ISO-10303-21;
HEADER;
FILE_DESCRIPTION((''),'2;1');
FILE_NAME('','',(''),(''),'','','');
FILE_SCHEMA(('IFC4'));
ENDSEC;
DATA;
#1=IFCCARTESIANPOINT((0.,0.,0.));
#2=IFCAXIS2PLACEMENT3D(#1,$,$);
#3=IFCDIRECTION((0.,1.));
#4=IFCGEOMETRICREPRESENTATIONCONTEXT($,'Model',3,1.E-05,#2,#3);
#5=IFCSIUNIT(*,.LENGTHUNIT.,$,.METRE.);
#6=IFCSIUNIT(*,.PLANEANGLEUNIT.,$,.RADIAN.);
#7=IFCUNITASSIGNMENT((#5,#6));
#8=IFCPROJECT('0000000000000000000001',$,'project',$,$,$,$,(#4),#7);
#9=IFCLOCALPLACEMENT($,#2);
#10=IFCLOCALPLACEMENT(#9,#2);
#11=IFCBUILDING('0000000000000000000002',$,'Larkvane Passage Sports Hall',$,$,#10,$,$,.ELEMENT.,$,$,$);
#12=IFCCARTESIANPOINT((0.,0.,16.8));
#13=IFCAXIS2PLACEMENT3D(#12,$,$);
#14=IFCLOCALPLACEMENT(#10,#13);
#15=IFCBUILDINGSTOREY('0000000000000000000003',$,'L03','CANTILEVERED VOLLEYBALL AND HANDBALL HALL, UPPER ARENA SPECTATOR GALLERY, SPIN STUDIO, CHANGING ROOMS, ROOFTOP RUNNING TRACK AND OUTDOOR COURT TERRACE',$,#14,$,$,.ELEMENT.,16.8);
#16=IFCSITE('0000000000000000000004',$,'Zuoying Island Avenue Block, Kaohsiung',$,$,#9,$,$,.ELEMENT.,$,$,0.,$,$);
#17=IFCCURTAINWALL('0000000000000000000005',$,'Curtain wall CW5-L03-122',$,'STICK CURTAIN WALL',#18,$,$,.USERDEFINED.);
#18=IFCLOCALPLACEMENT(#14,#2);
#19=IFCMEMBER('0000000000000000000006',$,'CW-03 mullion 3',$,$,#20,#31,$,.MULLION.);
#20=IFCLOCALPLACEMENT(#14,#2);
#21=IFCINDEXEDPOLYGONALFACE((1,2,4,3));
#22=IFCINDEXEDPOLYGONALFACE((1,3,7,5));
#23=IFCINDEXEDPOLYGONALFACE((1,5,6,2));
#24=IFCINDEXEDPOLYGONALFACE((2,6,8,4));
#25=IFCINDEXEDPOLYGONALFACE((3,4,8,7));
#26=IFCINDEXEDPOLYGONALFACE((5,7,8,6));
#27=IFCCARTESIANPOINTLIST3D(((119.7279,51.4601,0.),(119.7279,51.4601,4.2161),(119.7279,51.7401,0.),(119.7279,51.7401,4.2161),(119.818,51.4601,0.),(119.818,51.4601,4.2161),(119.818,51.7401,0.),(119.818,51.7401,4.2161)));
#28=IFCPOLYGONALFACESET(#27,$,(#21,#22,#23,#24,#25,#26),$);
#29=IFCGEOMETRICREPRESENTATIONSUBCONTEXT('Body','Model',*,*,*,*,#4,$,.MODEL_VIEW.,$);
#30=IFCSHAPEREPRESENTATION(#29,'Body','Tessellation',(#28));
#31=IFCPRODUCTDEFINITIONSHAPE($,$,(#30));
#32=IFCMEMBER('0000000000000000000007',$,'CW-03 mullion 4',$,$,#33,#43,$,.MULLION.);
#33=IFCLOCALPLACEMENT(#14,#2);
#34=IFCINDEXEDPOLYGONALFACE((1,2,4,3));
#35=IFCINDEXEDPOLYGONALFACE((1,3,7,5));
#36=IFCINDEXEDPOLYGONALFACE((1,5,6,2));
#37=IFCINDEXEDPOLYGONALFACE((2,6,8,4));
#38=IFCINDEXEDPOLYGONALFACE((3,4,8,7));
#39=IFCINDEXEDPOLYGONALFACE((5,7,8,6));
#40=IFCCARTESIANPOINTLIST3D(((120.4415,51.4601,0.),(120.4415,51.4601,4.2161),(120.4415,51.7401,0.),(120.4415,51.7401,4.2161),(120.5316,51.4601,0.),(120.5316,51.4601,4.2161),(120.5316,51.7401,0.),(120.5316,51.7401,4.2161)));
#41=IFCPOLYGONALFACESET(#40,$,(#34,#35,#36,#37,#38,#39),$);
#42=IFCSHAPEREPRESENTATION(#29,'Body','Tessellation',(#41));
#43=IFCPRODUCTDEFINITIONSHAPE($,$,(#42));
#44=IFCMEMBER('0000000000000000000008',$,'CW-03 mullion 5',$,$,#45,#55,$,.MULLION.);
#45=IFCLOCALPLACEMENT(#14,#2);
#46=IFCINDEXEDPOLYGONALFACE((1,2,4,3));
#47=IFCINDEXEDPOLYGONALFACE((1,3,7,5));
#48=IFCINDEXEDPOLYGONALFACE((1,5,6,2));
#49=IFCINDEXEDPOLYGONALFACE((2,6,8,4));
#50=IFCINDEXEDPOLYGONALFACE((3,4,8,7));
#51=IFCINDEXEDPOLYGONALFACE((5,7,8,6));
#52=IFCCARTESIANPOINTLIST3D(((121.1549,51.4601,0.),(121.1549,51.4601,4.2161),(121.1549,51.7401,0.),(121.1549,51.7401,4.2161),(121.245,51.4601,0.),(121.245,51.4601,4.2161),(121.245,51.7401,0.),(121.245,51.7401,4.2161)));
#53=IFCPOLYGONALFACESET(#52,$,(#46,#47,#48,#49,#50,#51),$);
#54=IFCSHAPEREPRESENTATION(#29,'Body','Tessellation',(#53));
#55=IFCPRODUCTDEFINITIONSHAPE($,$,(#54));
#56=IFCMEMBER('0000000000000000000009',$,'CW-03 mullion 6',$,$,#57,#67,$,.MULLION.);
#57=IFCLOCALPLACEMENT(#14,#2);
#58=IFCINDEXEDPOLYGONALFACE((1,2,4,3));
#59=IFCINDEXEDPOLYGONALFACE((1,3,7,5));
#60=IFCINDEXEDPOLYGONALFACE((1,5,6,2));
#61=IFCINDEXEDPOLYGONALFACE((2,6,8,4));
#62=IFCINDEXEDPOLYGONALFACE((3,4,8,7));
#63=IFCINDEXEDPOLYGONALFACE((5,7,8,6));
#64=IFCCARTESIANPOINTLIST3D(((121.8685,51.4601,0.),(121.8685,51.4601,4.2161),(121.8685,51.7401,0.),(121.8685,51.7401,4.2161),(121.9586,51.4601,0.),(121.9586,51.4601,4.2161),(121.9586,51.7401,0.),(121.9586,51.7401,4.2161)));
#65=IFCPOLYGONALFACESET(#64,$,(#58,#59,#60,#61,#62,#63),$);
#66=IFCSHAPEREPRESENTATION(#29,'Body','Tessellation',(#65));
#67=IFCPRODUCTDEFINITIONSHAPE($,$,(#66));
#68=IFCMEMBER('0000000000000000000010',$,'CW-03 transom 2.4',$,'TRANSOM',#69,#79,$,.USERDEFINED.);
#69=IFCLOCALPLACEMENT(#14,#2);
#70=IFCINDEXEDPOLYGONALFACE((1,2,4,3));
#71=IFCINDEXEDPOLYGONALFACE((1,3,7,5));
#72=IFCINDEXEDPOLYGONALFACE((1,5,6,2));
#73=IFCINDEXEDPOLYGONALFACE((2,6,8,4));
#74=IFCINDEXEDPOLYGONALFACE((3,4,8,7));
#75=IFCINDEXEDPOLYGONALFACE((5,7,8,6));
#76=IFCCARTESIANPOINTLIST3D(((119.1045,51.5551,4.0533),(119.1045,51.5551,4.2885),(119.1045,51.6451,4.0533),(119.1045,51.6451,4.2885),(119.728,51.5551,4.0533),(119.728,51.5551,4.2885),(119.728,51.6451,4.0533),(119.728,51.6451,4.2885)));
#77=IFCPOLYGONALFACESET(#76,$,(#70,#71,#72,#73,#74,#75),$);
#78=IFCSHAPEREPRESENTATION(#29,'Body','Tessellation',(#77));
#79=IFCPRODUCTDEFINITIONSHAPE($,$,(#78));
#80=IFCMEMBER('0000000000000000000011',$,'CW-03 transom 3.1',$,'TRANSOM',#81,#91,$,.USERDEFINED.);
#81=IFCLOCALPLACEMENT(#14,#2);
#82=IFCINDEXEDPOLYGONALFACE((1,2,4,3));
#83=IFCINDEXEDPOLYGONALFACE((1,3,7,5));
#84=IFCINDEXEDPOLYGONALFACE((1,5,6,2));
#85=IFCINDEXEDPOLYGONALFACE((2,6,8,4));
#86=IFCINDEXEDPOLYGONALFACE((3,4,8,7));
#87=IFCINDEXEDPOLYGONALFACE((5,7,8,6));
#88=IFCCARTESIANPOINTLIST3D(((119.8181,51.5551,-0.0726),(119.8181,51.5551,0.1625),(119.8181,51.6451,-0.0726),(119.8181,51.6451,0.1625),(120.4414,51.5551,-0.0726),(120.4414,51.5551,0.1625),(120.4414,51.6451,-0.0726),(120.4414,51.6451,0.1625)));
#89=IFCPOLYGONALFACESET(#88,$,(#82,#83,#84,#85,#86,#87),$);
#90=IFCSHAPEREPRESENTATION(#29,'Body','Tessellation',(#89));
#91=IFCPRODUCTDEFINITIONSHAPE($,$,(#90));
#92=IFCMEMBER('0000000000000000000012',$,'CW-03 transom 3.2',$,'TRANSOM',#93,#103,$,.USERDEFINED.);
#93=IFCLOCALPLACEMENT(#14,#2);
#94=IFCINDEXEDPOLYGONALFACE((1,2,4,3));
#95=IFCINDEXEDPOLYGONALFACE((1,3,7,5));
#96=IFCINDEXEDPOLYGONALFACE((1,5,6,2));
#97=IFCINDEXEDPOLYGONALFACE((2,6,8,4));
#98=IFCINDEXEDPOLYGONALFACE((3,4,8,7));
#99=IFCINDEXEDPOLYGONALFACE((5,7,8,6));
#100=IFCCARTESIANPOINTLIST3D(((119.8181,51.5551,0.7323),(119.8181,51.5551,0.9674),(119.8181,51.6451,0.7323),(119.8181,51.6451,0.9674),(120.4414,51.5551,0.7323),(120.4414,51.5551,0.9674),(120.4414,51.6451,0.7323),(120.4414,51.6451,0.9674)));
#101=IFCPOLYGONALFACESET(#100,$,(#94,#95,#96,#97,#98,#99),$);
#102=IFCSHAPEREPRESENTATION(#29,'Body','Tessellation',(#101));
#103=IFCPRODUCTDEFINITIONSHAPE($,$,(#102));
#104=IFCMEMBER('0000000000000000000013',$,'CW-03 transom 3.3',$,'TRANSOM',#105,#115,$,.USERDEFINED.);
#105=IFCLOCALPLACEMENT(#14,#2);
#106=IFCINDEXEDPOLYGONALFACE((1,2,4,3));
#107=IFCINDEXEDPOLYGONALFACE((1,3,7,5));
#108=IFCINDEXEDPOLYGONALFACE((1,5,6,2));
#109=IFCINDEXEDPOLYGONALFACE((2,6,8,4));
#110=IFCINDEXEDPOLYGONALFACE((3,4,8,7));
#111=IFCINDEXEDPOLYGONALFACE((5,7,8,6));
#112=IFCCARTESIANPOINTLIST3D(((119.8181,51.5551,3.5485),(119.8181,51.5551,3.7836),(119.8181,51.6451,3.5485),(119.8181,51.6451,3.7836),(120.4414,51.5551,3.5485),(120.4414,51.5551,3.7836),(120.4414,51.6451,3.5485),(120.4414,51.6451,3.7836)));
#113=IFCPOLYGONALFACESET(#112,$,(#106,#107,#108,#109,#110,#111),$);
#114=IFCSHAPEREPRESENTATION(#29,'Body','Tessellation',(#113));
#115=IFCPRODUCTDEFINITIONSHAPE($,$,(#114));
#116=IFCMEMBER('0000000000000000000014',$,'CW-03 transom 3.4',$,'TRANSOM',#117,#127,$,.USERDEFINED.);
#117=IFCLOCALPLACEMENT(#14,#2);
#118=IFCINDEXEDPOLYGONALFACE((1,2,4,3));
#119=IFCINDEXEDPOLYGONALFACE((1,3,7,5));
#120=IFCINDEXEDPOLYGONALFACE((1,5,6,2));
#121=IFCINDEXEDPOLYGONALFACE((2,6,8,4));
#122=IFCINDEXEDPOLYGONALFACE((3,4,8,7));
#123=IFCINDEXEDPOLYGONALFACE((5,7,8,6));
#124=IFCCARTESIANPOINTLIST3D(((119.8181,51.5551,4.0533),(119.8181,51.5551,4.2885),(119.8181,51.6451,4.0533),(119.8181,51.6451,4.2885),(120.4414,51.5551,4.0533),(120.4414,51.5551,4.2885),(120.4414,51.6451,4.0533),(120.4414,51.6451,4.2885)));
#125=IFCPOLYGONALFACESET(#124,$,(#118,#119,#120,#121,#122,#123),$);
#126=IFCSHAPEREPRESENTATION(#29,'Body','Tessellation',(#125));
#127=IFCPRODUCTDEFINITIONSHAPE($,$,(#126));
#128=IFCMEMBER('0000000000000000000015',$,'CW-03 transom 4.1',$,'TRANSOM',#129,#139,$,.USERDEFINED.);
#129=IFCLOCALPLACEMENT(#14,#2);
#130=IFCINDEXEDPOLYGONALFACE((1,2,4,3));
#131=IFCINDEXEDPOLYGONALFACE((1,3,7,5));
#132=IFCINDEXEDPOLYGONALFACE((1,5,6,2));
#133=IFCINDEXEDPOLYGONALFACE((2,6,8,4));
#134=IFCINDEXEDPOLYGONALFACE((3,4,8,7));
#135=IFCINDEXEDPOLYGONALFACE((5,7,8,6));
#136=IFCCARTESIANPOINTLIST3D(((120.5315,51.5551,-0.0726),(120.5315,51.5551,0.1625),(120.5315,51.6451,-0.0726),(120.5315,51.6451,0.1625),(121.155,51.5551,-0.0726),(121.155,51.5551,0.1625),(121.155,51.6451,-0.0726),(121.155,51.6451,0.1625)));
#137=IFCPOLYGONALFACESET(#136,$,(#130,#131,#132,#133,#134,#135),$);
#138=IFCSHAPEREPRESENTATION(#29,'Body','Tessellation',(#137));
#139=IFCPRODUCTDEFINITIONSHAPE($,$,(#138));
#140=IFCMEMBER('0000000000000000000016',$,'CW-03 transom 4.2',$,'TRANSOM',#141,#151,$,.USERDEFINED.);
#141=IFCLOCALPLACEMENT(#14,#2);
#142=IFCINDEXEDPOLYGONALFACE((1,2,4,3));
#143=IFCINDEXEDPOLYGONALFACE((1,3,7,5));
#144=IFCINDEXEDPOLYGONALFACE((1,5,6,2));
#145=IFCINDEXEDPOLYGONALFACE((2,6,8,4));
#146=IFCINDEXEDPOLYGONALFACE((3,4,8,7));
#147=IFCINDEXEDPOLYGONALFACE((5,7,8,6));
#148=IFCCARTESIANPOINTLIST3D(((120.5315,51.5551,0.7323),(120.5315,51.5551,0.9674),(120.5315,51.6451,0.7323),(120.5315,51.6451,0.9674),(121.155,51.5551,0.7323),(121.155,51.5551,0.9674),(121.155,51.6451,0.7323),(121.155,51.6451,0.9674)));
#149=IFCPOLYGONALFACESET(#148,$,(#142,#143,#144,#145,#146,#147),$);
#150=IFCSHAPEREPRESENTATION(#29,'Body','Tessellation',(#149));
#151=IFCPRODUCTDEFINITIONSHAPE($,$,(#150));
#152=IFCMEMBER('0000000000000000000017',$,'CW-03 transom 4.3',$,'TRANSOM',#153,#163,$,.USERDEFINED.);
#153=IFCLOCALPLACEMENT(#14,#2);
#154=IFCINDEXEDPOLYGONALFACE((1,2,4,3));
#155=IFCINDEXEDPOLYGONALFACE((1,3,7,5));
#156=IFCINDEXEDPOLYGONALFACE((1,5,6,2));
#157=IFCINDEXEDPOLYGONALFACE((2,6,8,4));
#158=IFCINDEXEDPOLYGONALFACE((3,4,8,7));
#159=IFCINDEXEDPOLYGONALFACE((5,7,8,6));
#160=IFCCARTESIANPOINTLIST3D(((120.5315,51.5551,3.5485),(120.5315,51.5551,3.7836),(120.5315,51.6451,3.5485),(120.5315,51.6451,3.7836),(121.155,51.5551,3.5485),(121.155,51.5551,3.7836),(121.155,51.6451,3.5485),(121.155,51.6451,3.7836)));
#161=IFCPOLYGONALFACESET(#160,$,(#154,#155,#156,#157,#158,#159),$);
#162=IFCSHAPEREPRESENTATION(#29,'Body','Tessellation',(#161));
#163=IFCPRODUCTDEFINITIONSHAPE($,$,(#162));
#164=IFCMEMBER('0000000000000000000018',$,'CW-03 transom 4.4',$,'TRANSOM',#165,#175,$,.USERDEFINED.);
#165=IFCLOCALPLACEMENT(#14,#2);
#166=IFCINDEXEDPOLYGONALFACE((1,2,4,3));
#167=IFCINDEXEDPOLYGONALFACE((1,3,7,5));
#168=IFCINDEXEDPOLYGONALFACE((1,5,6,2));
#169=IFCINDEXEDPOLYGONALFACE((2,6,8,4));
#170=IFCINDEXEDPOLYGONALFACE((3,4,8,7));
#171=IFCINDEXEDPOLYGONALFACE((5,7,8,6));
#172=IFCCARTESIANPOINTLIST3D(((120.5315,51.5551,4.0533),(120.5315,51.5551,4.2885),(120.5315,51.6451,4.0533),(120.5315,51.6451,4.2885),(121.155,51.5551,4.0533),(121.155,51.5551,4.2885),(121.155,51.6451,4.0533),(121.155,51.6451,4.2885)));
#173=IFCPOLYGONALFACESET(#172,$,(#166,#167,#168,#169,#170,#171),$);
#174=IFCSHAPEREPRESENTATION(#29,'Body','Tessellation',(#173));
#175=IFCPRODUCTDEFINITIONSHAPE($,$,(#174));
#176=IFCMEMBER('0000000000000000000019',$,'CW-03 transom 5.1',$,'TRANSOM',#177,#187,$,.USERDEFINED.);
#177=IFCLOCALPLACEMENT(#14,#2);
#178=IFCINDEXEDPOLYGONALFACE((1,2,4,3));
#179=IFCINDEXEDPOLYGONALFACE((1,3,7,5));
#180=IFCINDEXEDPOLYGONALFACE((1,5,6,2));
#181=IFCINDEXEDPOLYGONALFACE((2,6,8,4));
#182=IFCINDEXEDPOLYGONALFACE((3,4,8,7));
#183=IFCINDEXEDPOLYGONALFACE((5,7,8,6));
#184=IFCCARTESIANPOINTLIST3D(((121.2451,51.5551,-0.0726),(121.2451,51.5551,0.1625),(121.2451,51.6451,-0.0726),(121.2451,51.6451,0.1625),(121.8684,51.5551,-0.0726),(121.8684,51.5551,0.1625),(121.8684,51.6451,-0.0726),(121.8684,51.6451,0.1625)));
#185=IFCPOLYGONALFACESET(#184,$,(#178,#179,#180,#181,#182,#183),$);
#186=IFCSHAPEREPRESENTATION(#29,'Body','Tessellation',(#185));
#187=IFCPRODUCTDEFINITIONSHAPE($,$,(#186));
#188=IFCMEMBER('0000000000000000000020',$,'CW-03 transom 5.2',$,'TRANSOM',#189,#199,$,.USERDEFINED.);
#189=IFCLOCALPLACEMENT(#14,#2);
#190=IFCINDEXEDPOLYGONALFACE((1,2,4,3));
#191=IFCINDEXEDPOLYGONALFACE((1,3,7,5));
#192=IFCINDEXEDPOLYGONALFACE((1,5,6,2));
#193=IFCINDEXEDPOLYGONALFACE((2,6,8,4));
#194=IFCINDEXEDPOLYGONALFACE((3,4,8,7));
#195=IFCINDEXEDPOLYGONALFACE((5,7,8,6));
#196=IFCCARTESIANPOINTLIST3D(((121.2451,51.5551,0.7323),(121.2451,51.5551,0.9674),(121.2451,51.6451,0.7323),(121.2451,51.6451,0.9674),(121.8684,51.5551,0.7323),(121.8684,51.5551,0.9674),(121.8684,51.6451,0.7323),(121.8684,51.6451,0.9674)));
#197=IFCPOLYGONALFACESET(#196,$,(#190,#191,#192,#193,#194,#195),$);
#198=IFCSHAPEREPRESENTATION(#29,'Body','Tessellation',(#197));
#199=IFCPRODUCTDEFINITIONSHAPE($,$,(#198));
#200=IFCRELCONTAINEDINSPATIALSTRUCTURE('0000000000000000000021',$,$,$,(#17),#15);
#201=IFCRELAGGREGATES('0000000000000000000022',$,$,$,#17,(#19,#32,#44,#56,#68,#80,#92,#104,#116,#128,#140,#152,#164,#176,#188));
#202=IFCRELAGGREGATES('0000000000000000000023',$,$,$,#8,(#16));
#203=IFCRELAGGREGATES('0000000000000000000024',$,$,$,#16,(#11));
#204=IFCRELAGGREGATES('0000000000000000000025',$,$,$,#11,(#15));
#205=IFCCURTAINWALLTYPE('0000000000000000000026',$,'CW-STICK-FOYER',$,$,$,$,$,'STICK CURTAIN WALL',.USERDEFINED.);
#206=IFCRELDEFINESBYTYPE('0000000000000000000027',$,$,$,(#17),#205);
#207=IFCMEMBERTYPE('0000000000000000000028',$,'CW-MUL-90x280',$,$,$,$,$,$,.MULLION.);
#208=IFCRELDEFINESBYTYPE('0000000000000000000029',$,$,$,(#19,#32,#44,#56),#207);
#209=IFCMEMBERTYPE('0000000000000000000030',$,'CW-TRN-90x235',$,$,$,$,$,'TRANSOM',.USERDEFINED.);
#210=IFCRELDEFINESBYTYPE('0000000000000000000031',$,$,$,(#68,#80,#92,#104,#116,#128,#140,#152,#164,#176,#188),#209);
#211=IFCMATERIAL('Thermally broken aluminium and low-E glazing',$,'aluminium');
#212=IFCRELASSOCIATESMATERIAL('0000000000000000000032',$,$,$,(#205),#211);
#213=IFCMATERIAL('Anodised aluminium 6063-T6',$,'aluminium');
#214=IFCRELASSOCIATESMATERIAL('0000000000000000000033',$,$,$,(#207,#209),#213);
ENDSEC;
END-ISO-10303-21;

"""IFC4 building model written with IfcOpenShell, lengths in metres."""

from ifc_helpers import new_model, si_unit, direction, frame, origin, origin_2d, place, context, subcontext, project, spatial, rectangle, extrude, material, material_profile, profile_set, type_object, element, aggregate, save


model = new_model("IFC4")

# Units and contexts
model_context = context("Model", 3, precision=1e-05, world=origin(), true_north=direction((0.0, 1.0)))
body_context = subcontext(model_context, "Body", "Model", "MODEL_VIEW")
ifc_project = project(units=[si_unit("LENGTHUNIT", "METRE"), si_unit("PLANEANGLEUNIT", "RADIAN")], contexts=[model_context])

# Site, building, storey
site_placement = place(None, origin())
site = spatial("IfcSite", under=ifc_project, at=site_placement, Name="Zuoying Island Avenue Block, Kaohsiung", CompositionType="ELEMENT", RefElevation=0.0)
building_placement = place(site_placement, origin())
building = spatial("IfcBuilding", under=site, at=building_placement, Name="Larkvane Passage Sports Hall", CompositionType="ELEMENT")
storey_placement = place(building_placement, frame((0.0, 0.0, 16.8)))
storey = spatial("IfcBuildingStorey", under=building, at=storey_placement, Name="L03", Description="CANTILEVERED VOLLEYBALL AND HANDBALL HALL, UPPER ARENA SPECTATOR GALLERY, SPIN STUDIO, CHANGING ROOMS, ROOFTOP RUNNING TRACK AND OUTDOOR COURT TERRACE", CompositionType="ELEMENT", Elevation=16.8)

# Curtain wall, members
ifc_material_1 = material(Name="Thermally broken aluminium and low-E glazing", Category="aluminium")
curtain_wall_type = type_object("IfcCurtainWallType", Name="CW-STICK-FOYER", ElementType="STICK CURTAIN WALL", PredefinedType="USERDEFINED", material=ifc_material_1)
curtain_wall_placement = place(storey_placement, origin())
curtain_wall = element("IfcCurtainWall", 1, at=curtain_wall_placement, inside=storey, type_object=curtain_wall_type, Name="Curtain wall CW5-L03-122", ObjectType="STICK CURTAIN WALL", PredefinedType="USERDEFINED")
ifc_material_2 = material(Name="Anodised aluminium 6063-T6", Category="aluminium")
ifc_material_profile_1 = material_profile(ifc_material_2, rectangle(XDim=0.0901, YDim=0.28, at=origin_2d()), Name="ALU-MUL-90x280")
ifc_profile_set_1 = profile_set([ifc_material_profile_1], Name="Anodised aluminium 6063-T6")
member_type_1 = type_object("IfcMemberType", Name="CW-MUL-90x280", PredefinedType="MULLION", material=ifc_profile_set_1)
member_1_placement = place(storey_placement, frame((119.7729, 51.6001, 0.0), z_axis=(0.0, 0.0, 1.0), x_axis=(1.0, 0.0, 0.0)))
member_1 = element("IfcMember", 2, at=member_1_placement, type_object=member_type_1, Name="CW-03 mullion 3", PredefinedType="MULLION", context=body_context, shape_type="SweptSolid", body=[
    extrude(rectangle(XDim=0.0901, YDim=0.28, at=origin_2d()), origin(), (0.0, 0.0, 1.0), 4.2161),
])
member_2_placement = place(storey_placement, frame((120.4866, 51.6001, 0.0), z_axis=(0.0, 0.0, 1.0), x_axis=(1.0, 0.0, 0.0)))
member_2 = element("IfcMember", 3, at=member_2_placement, type_object=member_type_1, Name="CW-03 mullion 4", PredefinedType="MULLION", context=body_context, shape_type="SweptSolid", body=[
    extrude(rectangle(XDim=0.0901, YDim=0.28, at=origin_2d()), origin(), (0.0, 0.0, 1.0), 4.2161),
])
member_3_placement = place(storey_placement, frame((121.2, 51.6001, 0.0), z_axis=(0.0, 0.0, 1.0), x_axis=(1.0, 0.0, 0.0)))
member_3 = element("IfcMember", 4, at=member_3_placement, type_object=member_type_1, Name="CW-03 mullion 5", PredefinedType="MULLION", context=body_context, shape_type="SweptSolid", body=[
    extrude(rectangle(XDim=0.0901, YDim=0.28, at=origin_2d()), origin(), (0.0, 0.0, 1.0), 4.2161),
])
member_4_placement = place(storey_placement, frame((121.9136, 51.6001, 0.0), z_axis=(0.0, 0.0, 1.0), x_axis=(1.0, 0.0, 0.0)))
member_4 = element("IfcMember", 5, at=member_4_placement, type_object=member_type_1, Name="CW-03 mullion 6", PredefinedType="MULLION", context=body_context, shape_type="SweptSolid", body=[
    extrude(rectangle(XDim=0.0901, YDim=0.28, at=origin_2d()), origin(), (0.0, 0.0, 1.0), 4.2161),
])
ifc_material_profile_2 = material_profile(ifc_material_2, rectangle(XDim=0.0901, YDim=0.2351, at=origin_2d()), Name="ALU-TRN-90x235")
ifc_profile_set_2 = profile_set([ifc_material_profile_2], Name="Anodised aluminium 6063-T6")
member_type_2 = type_object("IfcMemberType", Name="CW-TRN-90x235", ElementType="TRANSOM", PredefinedType="USERDEFINED", material=ifc_profile_set_2)
member_5_placement = place(storey_placement, frame((119.1045, 51.6001, 4.1709), z_axis=(1.0, 0.0, 0.0), x_axis=(0.0, 1.0, 0.0)))
member_5 = element("IfcMember", 6, at=member_5_placement, type_object=member_type_2, Name="CW-03 transom 2.4", ObjectType="TRANSOM", PredefinedType="USERDEFINED", context=body_context, shape_type="SweptSolid", body=[
    extrude(rectangle(XDim=0.0901, YDim=0.2351, at=origin_2d()), origin(), (0.0, 0.0, 1.0), 0.6235),
])
member_6_placement = place(storey_placement, frame((119.8181, 51.6001, 0.0449), z_axis=(1.0, 0.0, 0.0), x_axis=(0.0, 1.0, 0.0)))
member_6 = element("IfcMember", 7, at=member_6_placement, type_object=member_type_2, Name="CW-03 transom 3.1", ObjectType="TRANSOM", PredefinedType="USERDEFINED", context=body_context, shape_type="SweptSolid", body=[
    extrude(rectangle(XDim=0.0901, YDim=0.2351, at=origin_2d()), origin(), (0.0, 0.0, 1.0), 0.6233),
])
member_7_placement = place(storey_placement, frame((119.8181, 51.6001, 0.8499), z_axis=(1.0, 0.0, 0.0), x_axis=(0.0, 1.0, 0.0)))
member_7 = element("IfcMember", 8, at=member_7_placement, type_object=member_type_2, Name="CW-03 transom 3.2", ObjectType="TRANSOM", PredefinedType="USERDEFINED", context=body_context, shape_type="SweptSolid", body=[
    extrude(rectangle(XDim=0.0901, YDim=0.2351, at=origin_2d()), origin(), (0.0, 0.0, 1.0), 0.6233),
])
member_8_placement = place(storey_placement, frame((119.8181, 51.6001, 3.666), z_axis=(1.0, 0.0, 0.0), x_axis=(0.0, 1.0, 0.0)))
member_8 = element("IfcMember", 9, at=member_8_placement, type_object=member_type_2, Name="CW-03 transom 3.3", ObjectType="TRANSOM", PredefinedType="USERDEFINED", context=body_context, shape_type="SweptSolid", body=[
    extrude(rectangle(XDim=0.0901, YDim=0.2351, at=origin_2d()), origin(), (0.0, 0.0, 1.0), 0.6233),
])
member_9_placement = place(storey_placement, frame((119.8181, 51.6001, 4.1709), z_axis=(1.0, 0.0, 0.0), x_axis=(0.0, 1.0, 0.0)))
member_9 = element("IfcMember", 10, at=member_9_placement, type_object=member_type_2, Name="CW-03 transom 3.4", ObjectType="TRANSOM", PredefinedType="USERDEFINED", context=body_context, shape_type="SweptSolid", body=[
    extrude(rectangle(XDim=0.0901, YDim=0.2351, at=origin_2d()), origin(), (0.0, 0.0, 1.0), 0.6233),
])
member_10_placement = place(storey_placement, frame((120.5315, 51.6001, 0.0449), z_axis=(1.0, 0.0, 0.0), x_axis=(0.0, 1.0, 0.0)))
member_10 = element("IfcMember", 11, at=member_10_placement, type_object=member_type_2, Name="CW-03 transom 4.1", ObjectType="TRANSOM", PredefinedType="USERDEFINED", context=body_context, shape_type="SweptSolid", body=[
    extrude(rectangle(XDim=0.0901, YDim=0.2351, at=origin_2d()), origin(), (0.0, 0.0, 1.0), 0.6235),
])
member_11_placement = place(storey_placement, frame((120.5315, 51.6001, 0.8499), z_axis=(1.0, 0.0, 0.0), x_axis=(0.0, 1.0, 0.0)))
member_11 = element("IfcMember", 12, at=member_11_placement, type_object=member_type_2, Name="CW-03 transom 4.2", ObjectType="TRANSOM", PredefinedType="USERDEFINED", context=body_context, shape_type="SweptSolid", body=[
    extrude(rectangle(XDim=0.0901, YDim=0.2351, at=origin_2d()), origin(), (0.0, 0.0, 1.0), 0.6235),
])
member_12_placement = place(storey_placement, frame((120.5315, 51.6001, 3.666), z_axis=(1.0, 0.0, 0.0), x_axis=(0.0, 1.0, 0.0)))
member_12 = element("IfcMember", 13, at=member_12_placement, type_object=member_type_2, Name="CW-03 transom 4.3", ObjectType="TRANSOM", PredefinedType="USERDEFINED", context=body_context, shape_type="SweptSolid", body=[
    extrude(rectangle(XDim=0.0901, YDim=0.2351, at=origin_2d()), origin(), (0.0, 0.0, 1.0), 0.6235),
])
member_13_placement = place(storey_placement, frame((120.5315, 51.6001, 4.1709), z_axis=(1.0, 0.0, 0.0), x_axis=(0.0, 1.0, 0.0)))
member_13 = element("IfcMember", 14, at=member_13_placement, type_object=member_type_2, Name="CW-03 transom 4.4", ObjectType="TRANSOM", PredefinedType="USERDEFINED", context=body_context, shape_type="SweptSolid", body=[
    extrude(rectangle(XDim=0.0901, YDim=0.2351, at=origin_2d()), origin(), (0.0, 0.0, 1.0), 0.6235),
])
member_14_placement = place(storey_placement, frame((121.2451, 51.6001, 0.0449), z_axis=(1.0, 0.0, 0.0), x_axis=(0.0, 1.0, 0.0)))
member_14 = element("IfcMember", 15, at=member_14_placement, type_object=member_type_2, Name="CW-03 transom 5.1", ObjectType="TRANSOM", PredefinedType="USERDEFINED", context=body_context, shape_type="SweptSolid", body=[
    extrude(rectangle(XDim=0.0901, YDim=0.2351, at=origin_2d()), origin(), (0.0, 0.0, 1.0), 0.6233),
])
member_15_placement = place(storey_placement, frame((121.2451, 51.6001, 0.8499), z_axis=(1.0, 0.0, 0.0), x_axis=(0.0, 1.0, 0.0)))
member_15 = element("IfcMember", 16, at=member_15_placement, type_object=member_type_2, Name="CW-03 transom 5.2", ObjectType="TRANSOM", PredefinedType="USERDEFINED", context=body_context, shape_type="SweptSolid", body=[
    extrude(rectangle(XDim=0.0901, YDim=0.2351, at=origin_2d()), origin(), (0.0, 0.0, 1.0), 0.6233),
])
aggregate(curtain_wall, [member_1, member_2, member_3, member_4, member_5, member_6, member_7, member_8, member_9, member_10, member_11, member_12, member_13, member_14, member_15])

save(model, "model.ifc")
